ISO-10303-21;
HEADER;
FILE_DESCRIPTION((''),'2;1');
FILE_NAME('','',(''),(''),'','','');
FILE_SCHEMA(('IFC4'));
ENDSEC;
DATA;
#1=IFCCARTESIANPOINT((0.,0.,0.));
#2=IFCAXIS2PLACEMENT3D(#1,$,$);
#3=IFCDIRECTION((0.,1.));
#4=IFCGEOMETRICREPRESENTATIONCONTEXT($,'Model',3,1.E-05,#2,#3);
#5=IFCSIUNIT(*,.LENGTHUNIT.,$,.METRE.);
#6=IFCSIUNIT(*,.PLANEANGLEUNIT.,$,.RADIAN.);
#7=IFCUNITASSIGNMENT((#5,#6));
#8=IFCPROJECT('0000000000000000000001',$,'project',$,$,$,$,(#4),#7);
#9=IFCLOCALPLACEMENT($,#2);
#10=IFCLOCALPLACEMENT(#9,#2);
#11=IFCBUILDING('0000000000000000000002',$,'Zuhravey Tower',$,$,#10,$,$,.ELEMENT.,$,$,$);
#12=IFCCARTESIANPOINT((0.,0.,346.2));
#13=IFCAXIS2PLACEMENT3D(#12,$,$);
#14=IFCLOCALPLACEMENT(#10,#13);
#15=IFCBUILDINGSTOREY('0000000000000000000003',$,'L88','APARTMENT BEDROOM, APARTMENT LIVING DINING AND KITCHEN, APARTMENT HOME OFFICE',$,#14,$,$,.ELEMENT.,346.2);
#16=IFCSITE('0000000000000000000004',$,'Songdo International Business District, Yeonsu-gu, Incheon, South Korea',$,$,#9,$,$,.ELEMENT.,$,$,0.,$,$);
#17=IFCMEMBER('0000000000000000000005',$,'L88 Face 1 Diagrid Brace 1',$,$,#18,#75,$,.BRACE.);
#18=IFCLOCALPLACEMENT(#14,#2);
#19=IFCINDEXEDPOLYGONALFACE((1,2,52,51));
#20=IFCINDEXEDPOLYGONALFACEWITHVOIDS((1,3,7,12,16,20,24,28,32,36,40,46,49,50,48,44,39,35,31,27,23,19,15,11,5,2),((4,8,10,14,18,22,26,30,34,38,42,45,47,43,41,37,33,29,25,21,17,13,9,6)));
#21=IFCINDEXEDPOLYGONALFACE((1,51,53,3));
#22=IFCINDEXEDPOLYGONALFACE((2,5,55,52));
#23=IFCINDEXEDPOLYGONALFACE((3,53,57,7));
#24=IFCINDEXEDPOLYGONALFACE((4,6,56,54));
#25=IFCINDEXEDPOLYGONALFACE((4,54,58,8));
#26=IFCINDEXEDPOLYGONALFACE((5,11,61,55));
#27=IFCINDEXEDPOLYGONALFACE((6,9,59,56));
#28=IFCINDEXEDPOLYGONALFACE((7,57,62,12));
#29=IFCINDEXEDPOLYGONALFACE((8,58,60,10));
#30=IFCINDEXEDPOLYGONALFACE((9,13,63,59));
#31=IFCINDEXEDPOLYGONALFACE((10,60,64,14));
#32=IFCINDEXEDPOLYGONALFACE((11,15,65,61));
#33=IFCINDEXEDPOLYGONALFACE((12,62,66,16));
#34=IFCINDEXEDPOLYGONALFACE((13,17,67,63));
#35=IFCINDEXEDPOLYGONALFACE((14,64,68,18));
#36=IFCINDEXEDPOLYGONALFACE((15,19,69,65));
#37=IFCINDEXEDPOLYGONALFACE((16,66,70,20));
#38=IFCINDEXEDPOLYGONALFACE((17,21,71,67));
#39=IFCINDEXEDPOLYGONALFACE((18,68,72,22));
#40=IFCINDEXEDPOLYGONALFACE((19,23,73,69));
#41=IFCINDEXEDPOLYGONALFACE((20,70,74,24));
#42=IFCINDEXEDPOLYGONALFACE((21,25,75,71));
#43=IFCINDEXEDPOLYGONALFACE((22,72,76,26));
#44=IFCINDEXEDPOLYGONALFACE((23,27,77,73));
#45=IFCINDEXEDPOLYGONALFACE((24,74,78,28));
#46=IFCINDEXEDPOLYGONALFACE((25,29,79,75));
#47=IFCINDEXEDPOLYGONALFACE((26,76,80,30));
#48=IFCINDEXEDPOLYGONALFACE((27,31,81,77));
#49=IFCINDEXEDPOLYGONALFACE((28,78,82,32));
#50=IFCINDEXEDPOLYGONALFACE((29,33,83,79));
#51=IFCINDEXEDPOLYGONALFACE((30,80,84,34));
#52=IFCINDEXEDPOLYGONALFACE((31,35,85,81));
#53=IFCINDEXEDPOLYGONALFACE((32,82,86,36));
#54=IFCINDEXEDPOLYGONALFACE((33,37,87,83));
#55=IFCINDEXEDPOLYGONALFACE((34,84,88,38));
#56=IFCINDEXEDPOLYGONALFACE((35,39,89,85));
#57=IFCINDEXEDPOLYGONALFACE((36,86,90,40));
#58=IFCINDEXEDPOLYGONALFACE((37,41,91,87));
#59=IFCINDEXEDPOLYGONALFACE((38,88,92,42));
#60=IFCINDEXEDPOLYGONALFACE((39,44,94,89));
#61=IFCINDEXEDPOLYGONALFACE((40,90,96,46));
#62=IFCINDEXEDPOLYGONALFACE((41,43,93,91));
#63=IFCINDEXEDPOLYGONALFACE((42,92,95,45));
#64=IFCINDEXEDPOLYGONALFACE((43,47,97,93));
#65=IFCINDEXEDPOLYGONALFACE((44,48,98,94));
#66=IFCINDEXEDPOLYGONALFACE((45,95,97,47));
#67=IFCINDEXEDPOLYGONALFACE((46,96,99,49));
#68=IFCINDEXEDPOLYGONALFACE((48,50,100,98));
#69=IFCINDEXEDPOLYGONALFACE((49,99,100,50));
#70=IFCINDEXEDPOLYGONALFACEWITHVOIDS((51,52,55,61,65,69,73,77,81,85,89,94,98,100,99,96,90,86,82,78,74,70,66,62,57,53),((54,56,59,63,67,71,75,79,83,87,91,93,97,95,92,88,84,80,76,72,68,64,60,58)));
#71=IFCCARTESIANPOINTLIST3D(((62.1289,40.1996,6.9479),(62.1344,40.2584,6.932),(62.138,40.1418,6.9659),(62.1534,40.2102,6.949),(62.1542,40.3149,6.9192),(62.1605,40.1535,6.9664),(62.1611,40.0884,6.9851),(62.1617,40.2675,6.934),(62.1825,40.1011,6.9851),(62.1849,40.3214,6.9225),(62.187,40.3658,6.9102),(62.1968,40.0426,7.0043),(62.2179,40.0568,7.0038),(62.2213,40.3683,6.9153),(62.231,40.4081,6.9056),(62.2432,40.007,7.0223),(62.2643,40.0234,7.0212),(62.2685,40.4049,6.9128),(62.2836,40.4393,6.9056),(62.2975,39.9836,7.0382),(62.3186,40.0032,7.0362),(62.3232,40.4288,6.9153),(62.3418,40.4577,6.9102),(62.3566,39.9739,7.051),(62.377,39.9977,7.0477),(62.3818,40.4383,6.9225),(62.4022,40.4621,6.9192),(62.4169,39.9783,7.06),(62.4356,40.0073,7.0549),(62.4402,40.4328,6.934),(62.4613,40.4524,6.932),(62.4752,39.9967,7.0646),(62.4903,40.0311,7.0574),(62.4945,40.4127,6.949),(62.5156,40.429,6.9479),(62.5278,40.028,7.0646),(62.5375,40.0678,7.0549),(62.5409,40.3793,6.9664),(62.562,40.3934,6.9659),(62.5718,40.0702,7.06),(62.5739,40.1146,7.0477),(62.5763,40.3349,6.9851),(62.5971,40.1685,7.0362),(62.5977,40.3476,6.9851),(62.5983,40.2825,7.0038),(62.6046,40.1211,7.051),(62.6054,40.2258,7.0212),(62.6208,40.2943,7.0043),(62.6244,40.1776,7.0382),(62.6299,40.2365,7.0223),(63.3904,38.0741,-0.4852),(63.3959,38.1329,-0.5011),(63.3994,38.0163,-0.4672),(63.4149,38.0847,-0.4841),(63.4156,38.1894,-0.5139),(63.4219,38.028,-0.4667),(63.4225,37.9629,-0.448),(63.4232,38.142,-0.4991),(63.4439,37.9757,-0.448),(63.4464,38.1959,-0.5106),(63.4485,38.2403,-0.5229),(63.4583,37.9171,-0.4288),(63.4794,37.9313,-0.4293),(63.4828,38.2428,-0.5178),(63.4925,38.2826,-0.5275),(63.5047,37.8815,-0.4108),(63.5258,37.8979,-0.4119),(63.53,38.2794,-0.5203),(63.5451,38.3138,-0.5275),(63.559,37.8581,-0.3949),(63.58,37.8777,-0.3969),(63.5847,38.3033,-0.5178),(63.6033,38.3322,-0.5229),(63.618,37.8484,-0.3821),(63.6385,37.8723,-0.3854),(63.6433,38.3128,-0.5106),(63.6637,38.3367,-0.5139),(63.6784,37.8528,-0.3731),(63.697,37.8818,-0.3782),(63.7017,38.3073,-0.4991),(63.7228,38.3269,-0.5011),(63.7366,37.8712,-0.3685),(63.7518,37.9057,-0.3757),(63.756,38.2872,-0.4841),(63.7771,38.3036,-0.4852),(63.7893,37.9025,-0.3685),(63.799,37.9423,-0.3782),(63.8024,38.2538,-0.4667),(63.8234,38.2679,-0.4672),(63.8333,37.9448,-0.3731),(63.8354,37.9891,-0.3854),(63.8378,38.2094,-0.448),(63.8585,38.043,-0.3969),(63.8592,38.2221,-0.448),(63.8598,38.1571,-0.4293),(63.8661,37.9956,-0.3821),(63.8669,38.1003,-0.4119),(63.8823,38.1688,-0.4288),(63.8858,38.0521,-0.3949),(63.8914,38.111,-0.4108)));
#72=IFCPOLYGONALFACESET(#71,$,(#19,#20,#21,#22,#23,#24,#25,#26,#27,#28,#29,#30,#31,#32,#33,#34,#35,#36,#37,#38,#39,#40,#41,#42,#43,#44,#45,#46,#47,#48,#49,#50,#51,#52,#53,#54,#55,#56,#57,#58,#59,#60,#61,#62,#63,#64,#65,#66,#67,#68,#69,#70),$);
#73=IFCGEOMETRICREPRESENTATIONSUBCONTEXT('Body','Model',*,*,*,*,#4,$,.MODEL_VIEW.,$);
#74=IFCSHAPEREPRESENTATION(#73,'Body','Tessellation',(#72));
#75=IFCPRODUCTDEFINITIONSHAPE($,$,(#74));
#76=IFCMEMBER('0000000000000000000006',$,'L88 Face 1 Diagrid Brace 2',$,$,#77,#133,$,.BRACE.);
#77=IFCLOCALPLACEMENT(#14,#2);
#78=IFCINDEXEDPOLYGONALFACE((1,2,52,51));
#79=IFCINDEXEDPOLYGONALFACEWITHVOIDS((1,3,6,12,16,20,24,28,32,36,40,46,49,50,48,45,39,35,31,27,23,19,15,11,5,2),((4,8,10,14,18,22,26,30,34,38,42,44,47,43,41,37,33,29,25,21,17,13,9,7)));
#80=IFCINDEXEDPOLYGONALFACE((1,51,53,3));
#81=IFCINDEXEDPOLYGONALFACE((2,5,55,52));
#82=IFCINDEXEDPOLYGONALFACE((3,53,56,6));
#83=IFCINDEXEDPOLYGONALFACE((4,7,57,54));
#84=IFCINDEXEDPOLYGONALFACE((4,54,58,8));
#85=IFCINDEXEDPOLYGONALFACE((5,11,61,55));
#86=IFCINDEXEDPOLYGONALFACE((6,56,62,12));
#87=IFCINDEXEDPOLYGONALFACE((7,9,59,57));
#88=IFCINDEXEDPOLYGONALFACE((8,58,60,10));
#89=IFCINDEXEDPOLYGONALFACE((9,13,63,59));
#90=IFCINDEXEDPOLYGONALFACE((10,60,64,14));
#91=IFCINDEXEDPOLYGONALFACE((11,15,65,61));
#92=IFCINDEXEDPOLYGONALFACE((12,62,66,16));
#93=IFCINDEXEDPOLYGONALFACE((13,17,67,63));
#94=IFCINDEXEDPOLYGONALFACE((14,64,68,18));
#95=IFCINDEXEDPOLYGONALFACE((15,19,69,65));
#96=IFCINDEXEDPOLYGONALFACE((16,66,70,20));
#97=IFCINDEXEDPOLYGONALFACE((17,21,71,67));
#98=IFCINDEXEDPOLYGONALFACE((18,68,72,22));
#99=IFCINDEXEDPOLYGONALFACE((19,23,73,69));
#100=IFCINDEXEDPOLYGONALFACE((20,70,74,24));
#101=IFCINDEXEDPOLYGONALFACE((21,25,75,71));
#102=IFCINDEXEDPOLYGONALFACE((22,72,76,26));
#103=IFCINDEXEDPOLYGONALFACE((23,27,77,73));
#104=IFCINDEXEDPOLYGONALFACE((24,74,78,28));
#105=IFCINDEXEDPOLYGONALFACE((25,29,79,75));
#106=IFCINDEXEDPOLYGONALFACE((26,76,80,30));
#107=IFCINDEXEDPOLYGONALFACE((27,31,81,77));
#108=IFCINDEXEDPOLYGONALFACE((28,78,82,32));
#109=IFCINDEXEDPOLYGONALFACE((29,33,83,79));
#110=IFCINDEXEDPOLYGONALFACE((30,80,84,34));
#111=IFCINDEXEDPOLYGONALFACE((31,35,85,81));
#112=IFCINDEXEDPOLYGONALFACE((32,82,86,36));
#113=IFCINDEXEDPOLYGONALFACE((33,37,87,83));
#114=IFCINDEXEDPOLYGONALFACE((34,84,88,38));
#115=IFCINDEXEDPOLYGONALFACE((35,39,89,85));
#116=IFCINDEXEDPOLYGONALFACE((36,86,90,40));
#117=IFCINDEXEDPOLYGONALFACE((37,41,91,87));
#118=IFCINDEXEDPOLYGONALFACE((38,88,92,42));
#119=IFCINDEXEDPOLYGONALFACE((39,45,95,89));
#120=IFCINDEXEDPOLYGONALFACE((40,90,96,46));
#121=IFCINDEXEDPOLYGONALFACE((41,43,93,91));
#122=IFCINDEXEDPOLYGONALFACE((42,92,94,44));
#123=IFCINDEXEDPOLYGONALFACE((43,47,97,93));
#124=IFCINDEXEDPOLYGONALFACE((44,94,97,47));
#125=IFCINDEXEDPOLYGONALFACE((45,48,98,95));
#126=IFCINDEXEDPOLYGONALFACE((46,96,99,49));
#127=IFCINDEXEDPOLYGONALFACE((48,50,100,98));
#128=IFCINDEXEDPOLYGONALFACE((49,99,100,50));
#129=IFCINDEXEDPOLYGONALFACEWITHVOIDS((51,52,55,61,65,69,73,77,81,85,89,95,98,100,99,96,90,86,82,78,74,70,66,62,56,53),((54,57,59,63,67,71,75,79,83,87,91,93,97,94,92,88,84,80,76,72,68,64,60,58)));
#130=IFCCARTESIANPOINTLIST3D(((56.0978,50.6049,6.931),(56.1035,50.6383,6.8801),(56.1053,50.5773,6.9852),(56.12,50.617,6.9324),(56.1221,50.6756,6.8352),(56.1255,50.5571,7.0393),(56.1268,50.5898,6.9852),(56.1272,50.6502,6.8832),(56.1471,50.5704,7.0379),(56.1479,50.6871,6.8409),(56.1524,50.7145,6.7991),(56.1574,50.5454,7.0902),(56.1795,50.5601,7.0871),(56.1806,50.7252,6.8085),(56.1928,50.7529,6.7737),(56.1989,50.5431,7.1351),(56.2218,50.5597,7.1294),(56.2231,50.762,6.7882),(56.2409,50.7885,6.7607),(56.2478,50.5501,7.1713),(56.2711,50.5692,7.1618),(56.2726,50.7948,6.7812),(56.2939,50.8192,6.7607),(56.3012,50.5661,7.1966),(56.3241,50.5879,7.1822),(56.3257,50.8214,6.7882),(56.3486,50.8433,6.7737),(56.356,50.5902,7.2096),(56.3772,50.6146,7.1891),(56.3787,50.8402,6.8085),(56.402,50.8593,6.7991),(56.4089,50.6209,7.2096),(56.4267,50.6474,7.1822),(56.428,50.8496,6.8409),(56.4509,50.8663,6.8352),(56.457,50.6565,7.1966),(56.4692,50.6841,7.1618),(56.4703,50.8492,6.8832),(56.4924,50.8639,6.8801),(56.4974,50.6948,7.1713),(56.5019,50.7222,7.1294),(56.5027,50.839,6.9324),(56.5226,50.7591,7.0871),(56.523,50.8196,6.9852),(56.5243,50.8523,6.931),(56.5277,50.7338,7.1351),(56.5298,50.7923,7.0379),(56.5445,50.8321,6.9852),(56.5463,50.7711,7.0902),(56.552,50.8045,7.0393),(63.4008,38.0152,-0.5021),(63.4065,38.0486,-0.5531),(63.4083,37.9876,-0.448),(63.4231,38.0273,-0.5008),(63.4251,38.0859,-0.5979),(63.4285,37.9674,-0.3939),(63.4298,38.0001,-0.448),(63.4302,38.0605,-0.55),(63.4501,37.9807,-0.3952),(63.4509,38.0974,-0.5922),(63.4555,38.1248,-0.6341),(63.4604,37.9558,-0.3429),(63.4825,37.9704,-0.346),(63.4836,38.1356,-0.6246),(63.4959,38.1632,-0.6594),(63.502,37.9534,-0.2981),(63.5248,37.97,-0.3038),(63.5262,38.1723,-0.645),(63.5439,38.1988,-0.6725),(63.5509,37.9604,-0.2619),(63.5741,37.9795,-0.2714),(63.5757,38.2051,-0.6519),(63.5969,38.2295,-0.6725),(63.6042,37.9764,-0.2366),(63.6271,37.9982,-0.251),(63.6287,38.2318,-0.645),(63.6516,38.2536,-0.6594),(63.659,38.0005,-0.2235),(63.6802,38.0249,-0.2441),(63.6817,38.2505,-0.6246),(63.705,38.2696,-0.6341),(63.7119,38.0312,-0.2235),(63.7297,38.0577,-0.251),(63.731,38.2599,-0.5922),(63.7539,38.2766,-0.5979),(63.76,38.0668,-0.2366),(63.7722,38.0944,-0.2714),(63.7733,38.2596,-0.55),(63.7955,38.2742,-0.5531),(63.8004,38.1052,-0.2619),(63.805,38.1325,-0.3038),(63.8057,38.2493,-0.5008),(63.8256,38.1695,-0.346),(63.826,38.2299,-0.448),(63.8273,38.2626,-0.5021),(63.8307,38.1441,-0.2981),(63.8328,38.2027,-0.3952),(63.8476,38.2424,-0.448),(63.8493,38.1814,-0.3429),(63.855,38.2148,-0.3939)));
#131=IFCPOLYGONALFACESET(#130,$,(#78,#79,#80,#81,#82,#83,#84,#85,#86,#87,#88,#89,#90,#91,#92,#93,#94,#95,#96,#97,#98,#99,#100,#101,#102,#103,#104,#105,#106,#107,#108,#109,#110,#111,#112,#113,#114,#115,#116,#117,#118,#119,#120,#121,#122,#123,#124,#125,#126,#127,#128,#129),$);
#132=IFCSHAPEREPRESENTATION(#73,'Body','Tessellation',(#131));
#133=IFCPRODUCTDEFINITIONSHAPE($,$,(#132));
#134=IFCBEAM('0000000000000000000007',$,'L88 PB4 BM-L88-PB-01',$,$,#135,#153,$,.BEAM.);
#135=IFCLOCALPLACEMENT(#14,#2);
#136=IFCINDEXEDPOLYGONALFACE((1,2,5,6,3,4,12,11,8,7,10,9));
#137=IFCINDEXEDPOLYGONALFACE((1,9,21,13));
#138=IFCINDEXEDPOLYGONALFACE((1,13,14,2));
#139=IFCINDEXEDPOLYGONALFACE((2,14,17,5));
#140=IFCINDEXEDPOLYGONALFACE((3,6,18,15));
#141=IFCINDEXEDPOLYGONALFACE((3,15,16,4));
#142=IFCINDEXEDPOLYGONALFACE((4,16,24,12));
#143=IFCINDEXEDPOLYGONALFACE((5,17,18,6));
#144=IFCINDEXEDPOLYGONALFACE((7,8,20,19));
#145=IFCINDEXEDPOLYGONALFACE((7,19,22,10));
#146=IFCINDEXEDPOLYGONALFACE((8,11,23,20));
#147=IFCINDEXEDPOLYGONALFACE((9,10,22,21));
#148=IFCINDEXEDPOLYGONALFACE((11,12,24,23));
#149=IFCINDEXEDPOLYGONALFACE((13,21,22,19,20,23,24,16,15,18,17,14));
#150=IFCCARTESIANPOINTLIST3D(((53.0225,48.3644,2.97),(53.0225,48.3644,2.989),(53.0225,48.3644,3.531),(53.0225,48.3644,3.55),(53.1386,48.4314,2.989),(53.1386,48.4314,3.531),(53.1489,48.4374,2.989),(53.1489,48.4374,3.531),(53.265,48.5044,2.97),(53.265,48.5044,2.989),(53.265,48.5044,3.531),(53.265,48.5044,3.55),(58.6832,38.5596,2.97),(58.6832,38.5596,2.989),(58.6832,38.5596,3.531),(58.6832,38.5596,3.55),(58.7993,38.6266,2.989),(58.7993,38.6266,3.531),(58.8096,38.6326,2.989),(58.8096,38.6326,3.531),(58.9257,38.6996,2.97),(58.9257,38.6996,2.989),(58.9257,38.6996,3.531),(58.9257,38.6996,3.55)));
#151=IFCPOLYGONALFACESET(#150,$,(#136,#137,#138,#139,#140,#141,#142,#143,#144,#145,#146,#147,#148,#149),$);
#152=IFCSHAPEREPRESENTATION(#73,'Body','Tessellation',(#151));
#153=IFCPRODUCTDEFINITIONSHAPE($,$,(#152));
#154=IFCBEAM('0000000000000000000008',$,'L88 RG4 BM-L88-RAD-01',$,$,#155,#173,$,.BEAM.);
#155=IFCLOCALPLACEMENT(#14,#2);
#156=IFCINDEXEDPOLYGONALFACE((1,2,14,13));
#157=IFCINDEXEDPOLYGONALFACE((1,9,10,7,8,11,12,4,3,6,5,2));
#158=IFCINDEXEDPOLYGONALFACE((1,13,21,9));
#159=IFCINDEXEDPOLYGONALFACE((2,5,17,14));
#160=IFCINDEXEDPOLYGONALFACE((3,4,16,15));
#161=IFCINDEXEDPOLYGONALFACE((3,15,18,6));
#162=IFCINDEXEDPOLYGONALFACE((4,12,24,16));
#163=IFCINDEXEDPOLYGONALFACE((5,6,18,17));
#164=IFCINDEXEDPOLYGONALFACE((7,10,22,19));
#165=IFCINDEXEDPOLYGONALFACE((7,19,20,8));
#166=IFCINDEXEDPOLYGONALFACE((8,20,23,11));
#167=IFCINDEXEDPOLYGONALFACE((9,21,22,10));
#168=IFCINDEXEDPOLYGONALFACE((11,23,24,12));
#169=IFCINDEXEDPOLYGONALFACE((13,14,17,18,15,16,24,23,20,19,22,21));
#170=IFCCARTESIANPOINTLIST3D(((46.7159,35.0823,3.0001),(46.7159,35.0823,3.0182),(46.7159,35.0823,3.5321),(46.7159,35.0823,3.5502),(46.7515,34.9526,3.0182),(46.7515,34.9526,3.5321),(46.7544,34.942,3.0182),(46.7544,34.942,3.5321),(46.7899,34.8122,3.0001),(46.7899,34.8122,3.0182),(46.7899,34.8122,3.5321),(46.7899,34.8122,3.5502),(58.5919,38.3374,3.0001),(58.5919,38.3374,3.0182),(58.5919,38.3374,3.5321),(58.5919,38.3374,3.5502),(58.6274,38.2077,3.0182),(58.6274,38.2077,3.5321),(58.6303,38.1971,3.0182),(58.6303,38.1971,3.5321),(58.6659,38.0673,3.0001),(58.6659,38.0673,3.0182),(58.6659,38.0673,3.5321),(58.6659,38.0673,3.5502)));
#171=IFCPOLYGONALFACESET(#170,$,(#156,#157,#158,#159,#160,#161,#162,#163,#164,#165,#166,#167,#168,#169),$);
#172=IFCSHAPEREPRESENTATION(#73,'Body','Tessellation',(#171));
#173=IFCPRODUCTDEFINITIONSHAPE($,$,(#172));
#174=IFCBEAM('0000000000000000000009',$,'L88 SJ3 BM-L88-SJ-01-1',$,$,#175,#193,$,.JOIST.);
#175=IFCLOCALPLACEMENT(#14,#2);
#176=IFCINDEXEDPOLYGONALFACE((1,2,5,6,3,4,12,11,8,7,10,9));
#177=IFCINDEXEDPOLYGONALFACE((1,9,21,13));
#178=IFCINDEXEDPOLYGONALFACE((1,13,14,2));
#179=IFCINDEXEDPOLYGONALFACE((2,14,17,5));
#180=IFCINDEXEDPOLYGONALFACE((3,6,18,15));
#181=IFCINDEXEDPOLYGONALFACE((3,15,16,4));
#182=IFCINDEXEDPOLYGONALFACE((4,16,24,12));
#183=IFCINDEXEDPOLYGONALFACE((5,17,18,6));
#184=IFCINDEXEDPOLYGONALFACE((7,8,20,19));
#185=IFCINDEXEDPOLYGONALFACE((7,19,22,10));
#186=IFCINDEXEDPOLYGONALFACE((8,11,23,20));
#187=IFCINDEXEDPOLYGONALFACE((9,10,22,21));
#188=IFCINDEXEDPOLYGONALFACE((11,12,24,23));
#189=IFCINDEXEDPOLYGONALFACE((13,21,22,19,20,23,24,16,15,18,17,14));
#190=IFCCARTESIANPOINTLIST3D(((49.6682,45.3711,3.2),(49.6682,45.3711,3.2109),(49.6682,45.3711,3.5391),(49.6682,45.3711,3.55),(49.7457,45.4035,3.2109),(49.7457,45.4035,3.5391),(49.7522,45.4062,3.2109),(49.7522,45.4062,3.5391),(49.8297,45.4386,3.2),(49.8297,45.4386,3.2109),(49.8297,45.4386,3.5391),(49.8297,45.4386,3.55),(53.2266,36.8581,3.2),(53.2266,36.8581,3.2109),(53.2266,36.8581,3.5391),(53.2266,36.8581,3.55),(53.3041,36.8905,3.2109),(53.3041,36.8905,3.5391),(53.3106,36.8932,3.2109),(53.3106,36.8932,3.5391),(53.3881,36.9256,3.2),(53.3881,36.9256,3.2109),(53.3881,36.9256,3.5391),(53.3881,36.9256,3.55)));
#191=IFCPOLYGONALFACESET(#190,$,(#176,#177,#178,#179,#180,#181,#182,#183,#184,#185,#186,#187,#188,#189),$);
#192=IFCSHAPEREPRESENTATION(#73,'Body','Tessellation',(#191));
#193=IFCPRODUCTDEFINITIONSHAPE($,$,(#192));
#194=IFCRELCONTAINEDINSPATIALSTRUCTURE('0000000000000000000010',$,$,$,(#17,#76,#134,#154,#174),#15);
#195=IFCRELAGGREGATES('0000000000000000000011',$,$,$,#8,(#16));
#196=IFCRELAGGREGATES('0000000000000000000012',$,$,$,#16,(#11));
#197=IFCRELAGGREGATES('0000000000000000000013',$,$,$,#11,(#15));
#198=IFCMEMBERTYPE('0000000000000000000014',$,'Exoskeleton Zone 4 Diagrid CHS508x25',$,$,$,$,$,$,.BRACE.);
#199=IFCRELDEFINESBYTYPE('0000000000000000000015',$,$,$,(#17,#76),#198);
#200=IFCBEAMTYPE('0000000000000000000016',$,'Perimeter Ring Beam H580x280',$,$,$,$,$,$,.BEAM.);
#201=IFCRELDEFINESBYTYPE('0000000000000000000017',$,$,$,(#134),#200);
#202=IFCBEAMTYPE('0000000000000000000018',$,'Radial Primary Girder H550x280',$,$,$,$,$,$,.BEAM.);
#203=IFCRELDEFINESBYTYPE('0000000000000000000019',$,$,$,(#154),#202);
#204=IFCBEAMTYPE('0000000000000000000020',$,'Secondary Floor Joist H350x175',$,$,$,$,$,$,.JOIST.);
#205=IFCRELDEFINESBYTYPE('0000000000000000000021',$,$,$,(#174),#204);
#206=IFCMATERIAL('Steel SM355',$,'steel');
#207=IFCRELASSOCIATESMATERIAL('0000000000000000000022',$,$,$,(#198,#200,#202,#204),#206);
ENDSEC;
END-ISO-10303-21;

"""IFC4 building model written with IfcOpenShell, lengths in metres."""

from ifc_helpers import new_model, si_unit, direction, frame, origin, origin_2d, place, context, subcontext, project, spatial, hollow_circle, i_section, extrude, material, material_profile, profile_set, type_object, element, save


model = new_model("IFC4")

# Units and contexts
model_context = context("Model", 3, precision=1e-05, world=origin(), true_north=direction((0.0, 1.0)))
body_context = subcontext(model_context, "Body", "Model", "MODEL_VIEW")
ifc_project = project(units=[si_unit("LENGTHUNIT", "METRE"), si_unit("PLANEANGLEUNIT", "RADIAN")], contexts=[model_context])

# Site, building, storey
site_placement = place(None, origin())
site = spatial("IfcSite", under=ifc_project, at=site_placement, Name="Songdo International Business District, Yeonsu-gu, Incheon, South Korea", CompositionType="ELEMENT", RefElevation=0.0)
building_placement = place(site_placement, origin())
building = spatial("IfcBuilding", under=site, at=building_placement, Name="Zuhravey Tower", CompositionType="ELEMENT")
storey_placement = place(building_placement, frame((0.0, 0.0, 346.2)))
storey = spatial("IfcBuildingStorey", under=building, at=storey_placement, Name="L88", Description="APARTMENT BEDROOM, APARTMENT LIVING DINING AND KITCHEN, APARTMENT HOME OFFICE", CompositionType="ELEMENT", Elevation=346.2)

# Members
ifc_material_1 = material(Name="Steel SM355", Category="steel")
ifc_material_profile_1 = material_profile(ifc_material_1, hollow_circle(Radius=0.2539, WallThickness=0.0249, at=origin_2d()), Name="CHS-508.0x25")
ifc_profile_set_1 = profile_set([ifc_material_profile_1], Name="Steel SM355")
member_type_1 = type_object("IfcMemberType", Name="Exoskeleton Zone 4 Diagrid CHS508x25", PredefinedType="BRACE", material=ifc_profile_set_1)
member_1_placement = place(storey_placement, frame((63.6409, 38.0925, -0.448), z_axis=(-0.161041, 0.271341, 0.948915), x_axis=(-0.85995, -0.510379, 0.0)))
element("IfcMember", 1, at=member_1_placement, inside=storey, type_object=member_type_1, Name="L88 Face 1 Diagrid Brace 1", PredefinedType="BRACE", context=body_context, shape_type="SweptSolid", body=[
    extrude(hollow_circle(Radius=0.2539, WallThickness=0.0249, at=origin_2d()), origin(), (0.0, 0.0, 1.0), 7.8333),
])
member_2_placement = place(storey_placement, frame((63.6279, 38.115, -0.448), z_axis=(-0.446866, 0.770352, 0.454828), x_axis=(-0.865001, -0.50177, 0.0)))
element("IfcMember", 2, at=member_2_placement, inside=storey, type_object=member_type_1, Name="L88 Face 1 Diagrid Brace 2", PredefinedType="BRACE", context=body_context, shape_type="SweptSolid", body=[
    extrude(hollow_circle(Radius=0.2539, WallThickness=0.0249, at=origin_2d()), origin(), (0.0, 0.0, 1.0), 16.3428),
])

# Beams
ifc_material_profile_2 = material_profile(ifc_material_1, i_section(OverallWidth=0.28, OverallDepth=0.5801, WebThickness=0.012, FlangeThickness=0.019, at=origin_2d()), Name="H-580x280x12x19")
ifc_profile_set_2 = profile_set([ifc_material_profile_2], Name="Steel SM355")
beam_type_1 = type_object("IfcBeamType", Name="Perimeter Ring Beam H580x280", PredefinedType="BEAM", material=ifc_profile_set_2)
beam_1_placement = place(storey_placement, frame((58.8044, 38.6296, 3.26), z_axis=(-0.499994, 0.866029, 0.0), x_axis=(-0.866029, -0.499994, 0.0)))
element("IfcBeam", 3, at=beam_1_placement, inside=storey, type_object=beam_type_1, Name="L88 PB4 BM-L88-PB-01", PredefinedType="BEAM", context=body_context, shape_type="SweptSolid", body=[
    extrude(i_section(OverallWidth=0.28, OverallDepth=0.5801, WebThickness=0.012, FlangeThickness=0.019, at=origin_2d()), origin(), (0.0, 0.0, 1.0), 11.3215),
])
ifc_material_profile_3 = material_profile(ifc_material_1, i_section(OverallWidth=0.28, OverallDepth=0.55, WebThickness=0.011, FlangeThickness=0.0181, at=origin_2d()), Name="H-550x280x11x18")
ifc_profile_set_3 = profile_set([ifc_material_profile_3], Name="Steel SM355")
beam_type_2 = type_object("IfcBeamType", Name="Radial Primary Girder H550x280", PredefinedType="BEAM", material=ifc_profile_set_3)
beam_2_placement = place(storey_placement, frame((46.7529, 34.9473, 3.2751), z_axis=(0.964429, 0.264344, 0.0), x_axis=(-0.264344, 0.964429, 0.0)))
element("IfcBeam", 4, at=beam_2_placement, inside=storey, type_object=beam_type_2, Name="L88 RG4 BM-L88-RAD-01", PredefinedType="BEAM", context=body_context, shape_type="SweptSolid", body=[
    extrude(i_section(OverallWidth=0.28, OverallDepth=0.55, WebThickness=0.011, FlangeThickness=0.0181, at=origin_2d()), origin(), (0.0, 0.0, 1.0), 12.314),
])
ifc_material_profile_4 = material_profile(ifc_material_1, i_section(OverallWidth=0.175, OverallDepth=0.3501, WebThickness=0.0071, FlangeThickness=0.011, at=origin_2d()), Name="H-350x175x7x11")
ifc_profile_set_4 = profile_set([ifc_material_profile_4], Name="Steel SM355")
beam_type_3 = type_object("IfcBeamType", Name="Secondary Floor Joist H350x175", PredefinedType="JOIST", material=ifc_profile_set_4)
beam_3_placement = place(storey_placement, frame((53.3074, 36.8918, 3.375), z_axis=(-0.385658, 0.922642, 0.0), x_axis=(-0.922642, -0.385658, 0.0)))
element("IfcBeam", 5, at=beam_3_placement, inside=storey, type_object=beam_type_3, Name="L88 SJ3 BM-L88-SJ-01-1", PredefinedType="JOIST", context=body_context, shape_type="SweptSolid", body=[
    extrude(i_section(OverallWidth=0.175, OverallDepth=0.3501, WebThickness=0.0071, FlangeThickness=0.011, at=origin_2d()), origin(), (0.0, 0.0, 1.0), 9.2268),
])

save(model, "model.ifc")
